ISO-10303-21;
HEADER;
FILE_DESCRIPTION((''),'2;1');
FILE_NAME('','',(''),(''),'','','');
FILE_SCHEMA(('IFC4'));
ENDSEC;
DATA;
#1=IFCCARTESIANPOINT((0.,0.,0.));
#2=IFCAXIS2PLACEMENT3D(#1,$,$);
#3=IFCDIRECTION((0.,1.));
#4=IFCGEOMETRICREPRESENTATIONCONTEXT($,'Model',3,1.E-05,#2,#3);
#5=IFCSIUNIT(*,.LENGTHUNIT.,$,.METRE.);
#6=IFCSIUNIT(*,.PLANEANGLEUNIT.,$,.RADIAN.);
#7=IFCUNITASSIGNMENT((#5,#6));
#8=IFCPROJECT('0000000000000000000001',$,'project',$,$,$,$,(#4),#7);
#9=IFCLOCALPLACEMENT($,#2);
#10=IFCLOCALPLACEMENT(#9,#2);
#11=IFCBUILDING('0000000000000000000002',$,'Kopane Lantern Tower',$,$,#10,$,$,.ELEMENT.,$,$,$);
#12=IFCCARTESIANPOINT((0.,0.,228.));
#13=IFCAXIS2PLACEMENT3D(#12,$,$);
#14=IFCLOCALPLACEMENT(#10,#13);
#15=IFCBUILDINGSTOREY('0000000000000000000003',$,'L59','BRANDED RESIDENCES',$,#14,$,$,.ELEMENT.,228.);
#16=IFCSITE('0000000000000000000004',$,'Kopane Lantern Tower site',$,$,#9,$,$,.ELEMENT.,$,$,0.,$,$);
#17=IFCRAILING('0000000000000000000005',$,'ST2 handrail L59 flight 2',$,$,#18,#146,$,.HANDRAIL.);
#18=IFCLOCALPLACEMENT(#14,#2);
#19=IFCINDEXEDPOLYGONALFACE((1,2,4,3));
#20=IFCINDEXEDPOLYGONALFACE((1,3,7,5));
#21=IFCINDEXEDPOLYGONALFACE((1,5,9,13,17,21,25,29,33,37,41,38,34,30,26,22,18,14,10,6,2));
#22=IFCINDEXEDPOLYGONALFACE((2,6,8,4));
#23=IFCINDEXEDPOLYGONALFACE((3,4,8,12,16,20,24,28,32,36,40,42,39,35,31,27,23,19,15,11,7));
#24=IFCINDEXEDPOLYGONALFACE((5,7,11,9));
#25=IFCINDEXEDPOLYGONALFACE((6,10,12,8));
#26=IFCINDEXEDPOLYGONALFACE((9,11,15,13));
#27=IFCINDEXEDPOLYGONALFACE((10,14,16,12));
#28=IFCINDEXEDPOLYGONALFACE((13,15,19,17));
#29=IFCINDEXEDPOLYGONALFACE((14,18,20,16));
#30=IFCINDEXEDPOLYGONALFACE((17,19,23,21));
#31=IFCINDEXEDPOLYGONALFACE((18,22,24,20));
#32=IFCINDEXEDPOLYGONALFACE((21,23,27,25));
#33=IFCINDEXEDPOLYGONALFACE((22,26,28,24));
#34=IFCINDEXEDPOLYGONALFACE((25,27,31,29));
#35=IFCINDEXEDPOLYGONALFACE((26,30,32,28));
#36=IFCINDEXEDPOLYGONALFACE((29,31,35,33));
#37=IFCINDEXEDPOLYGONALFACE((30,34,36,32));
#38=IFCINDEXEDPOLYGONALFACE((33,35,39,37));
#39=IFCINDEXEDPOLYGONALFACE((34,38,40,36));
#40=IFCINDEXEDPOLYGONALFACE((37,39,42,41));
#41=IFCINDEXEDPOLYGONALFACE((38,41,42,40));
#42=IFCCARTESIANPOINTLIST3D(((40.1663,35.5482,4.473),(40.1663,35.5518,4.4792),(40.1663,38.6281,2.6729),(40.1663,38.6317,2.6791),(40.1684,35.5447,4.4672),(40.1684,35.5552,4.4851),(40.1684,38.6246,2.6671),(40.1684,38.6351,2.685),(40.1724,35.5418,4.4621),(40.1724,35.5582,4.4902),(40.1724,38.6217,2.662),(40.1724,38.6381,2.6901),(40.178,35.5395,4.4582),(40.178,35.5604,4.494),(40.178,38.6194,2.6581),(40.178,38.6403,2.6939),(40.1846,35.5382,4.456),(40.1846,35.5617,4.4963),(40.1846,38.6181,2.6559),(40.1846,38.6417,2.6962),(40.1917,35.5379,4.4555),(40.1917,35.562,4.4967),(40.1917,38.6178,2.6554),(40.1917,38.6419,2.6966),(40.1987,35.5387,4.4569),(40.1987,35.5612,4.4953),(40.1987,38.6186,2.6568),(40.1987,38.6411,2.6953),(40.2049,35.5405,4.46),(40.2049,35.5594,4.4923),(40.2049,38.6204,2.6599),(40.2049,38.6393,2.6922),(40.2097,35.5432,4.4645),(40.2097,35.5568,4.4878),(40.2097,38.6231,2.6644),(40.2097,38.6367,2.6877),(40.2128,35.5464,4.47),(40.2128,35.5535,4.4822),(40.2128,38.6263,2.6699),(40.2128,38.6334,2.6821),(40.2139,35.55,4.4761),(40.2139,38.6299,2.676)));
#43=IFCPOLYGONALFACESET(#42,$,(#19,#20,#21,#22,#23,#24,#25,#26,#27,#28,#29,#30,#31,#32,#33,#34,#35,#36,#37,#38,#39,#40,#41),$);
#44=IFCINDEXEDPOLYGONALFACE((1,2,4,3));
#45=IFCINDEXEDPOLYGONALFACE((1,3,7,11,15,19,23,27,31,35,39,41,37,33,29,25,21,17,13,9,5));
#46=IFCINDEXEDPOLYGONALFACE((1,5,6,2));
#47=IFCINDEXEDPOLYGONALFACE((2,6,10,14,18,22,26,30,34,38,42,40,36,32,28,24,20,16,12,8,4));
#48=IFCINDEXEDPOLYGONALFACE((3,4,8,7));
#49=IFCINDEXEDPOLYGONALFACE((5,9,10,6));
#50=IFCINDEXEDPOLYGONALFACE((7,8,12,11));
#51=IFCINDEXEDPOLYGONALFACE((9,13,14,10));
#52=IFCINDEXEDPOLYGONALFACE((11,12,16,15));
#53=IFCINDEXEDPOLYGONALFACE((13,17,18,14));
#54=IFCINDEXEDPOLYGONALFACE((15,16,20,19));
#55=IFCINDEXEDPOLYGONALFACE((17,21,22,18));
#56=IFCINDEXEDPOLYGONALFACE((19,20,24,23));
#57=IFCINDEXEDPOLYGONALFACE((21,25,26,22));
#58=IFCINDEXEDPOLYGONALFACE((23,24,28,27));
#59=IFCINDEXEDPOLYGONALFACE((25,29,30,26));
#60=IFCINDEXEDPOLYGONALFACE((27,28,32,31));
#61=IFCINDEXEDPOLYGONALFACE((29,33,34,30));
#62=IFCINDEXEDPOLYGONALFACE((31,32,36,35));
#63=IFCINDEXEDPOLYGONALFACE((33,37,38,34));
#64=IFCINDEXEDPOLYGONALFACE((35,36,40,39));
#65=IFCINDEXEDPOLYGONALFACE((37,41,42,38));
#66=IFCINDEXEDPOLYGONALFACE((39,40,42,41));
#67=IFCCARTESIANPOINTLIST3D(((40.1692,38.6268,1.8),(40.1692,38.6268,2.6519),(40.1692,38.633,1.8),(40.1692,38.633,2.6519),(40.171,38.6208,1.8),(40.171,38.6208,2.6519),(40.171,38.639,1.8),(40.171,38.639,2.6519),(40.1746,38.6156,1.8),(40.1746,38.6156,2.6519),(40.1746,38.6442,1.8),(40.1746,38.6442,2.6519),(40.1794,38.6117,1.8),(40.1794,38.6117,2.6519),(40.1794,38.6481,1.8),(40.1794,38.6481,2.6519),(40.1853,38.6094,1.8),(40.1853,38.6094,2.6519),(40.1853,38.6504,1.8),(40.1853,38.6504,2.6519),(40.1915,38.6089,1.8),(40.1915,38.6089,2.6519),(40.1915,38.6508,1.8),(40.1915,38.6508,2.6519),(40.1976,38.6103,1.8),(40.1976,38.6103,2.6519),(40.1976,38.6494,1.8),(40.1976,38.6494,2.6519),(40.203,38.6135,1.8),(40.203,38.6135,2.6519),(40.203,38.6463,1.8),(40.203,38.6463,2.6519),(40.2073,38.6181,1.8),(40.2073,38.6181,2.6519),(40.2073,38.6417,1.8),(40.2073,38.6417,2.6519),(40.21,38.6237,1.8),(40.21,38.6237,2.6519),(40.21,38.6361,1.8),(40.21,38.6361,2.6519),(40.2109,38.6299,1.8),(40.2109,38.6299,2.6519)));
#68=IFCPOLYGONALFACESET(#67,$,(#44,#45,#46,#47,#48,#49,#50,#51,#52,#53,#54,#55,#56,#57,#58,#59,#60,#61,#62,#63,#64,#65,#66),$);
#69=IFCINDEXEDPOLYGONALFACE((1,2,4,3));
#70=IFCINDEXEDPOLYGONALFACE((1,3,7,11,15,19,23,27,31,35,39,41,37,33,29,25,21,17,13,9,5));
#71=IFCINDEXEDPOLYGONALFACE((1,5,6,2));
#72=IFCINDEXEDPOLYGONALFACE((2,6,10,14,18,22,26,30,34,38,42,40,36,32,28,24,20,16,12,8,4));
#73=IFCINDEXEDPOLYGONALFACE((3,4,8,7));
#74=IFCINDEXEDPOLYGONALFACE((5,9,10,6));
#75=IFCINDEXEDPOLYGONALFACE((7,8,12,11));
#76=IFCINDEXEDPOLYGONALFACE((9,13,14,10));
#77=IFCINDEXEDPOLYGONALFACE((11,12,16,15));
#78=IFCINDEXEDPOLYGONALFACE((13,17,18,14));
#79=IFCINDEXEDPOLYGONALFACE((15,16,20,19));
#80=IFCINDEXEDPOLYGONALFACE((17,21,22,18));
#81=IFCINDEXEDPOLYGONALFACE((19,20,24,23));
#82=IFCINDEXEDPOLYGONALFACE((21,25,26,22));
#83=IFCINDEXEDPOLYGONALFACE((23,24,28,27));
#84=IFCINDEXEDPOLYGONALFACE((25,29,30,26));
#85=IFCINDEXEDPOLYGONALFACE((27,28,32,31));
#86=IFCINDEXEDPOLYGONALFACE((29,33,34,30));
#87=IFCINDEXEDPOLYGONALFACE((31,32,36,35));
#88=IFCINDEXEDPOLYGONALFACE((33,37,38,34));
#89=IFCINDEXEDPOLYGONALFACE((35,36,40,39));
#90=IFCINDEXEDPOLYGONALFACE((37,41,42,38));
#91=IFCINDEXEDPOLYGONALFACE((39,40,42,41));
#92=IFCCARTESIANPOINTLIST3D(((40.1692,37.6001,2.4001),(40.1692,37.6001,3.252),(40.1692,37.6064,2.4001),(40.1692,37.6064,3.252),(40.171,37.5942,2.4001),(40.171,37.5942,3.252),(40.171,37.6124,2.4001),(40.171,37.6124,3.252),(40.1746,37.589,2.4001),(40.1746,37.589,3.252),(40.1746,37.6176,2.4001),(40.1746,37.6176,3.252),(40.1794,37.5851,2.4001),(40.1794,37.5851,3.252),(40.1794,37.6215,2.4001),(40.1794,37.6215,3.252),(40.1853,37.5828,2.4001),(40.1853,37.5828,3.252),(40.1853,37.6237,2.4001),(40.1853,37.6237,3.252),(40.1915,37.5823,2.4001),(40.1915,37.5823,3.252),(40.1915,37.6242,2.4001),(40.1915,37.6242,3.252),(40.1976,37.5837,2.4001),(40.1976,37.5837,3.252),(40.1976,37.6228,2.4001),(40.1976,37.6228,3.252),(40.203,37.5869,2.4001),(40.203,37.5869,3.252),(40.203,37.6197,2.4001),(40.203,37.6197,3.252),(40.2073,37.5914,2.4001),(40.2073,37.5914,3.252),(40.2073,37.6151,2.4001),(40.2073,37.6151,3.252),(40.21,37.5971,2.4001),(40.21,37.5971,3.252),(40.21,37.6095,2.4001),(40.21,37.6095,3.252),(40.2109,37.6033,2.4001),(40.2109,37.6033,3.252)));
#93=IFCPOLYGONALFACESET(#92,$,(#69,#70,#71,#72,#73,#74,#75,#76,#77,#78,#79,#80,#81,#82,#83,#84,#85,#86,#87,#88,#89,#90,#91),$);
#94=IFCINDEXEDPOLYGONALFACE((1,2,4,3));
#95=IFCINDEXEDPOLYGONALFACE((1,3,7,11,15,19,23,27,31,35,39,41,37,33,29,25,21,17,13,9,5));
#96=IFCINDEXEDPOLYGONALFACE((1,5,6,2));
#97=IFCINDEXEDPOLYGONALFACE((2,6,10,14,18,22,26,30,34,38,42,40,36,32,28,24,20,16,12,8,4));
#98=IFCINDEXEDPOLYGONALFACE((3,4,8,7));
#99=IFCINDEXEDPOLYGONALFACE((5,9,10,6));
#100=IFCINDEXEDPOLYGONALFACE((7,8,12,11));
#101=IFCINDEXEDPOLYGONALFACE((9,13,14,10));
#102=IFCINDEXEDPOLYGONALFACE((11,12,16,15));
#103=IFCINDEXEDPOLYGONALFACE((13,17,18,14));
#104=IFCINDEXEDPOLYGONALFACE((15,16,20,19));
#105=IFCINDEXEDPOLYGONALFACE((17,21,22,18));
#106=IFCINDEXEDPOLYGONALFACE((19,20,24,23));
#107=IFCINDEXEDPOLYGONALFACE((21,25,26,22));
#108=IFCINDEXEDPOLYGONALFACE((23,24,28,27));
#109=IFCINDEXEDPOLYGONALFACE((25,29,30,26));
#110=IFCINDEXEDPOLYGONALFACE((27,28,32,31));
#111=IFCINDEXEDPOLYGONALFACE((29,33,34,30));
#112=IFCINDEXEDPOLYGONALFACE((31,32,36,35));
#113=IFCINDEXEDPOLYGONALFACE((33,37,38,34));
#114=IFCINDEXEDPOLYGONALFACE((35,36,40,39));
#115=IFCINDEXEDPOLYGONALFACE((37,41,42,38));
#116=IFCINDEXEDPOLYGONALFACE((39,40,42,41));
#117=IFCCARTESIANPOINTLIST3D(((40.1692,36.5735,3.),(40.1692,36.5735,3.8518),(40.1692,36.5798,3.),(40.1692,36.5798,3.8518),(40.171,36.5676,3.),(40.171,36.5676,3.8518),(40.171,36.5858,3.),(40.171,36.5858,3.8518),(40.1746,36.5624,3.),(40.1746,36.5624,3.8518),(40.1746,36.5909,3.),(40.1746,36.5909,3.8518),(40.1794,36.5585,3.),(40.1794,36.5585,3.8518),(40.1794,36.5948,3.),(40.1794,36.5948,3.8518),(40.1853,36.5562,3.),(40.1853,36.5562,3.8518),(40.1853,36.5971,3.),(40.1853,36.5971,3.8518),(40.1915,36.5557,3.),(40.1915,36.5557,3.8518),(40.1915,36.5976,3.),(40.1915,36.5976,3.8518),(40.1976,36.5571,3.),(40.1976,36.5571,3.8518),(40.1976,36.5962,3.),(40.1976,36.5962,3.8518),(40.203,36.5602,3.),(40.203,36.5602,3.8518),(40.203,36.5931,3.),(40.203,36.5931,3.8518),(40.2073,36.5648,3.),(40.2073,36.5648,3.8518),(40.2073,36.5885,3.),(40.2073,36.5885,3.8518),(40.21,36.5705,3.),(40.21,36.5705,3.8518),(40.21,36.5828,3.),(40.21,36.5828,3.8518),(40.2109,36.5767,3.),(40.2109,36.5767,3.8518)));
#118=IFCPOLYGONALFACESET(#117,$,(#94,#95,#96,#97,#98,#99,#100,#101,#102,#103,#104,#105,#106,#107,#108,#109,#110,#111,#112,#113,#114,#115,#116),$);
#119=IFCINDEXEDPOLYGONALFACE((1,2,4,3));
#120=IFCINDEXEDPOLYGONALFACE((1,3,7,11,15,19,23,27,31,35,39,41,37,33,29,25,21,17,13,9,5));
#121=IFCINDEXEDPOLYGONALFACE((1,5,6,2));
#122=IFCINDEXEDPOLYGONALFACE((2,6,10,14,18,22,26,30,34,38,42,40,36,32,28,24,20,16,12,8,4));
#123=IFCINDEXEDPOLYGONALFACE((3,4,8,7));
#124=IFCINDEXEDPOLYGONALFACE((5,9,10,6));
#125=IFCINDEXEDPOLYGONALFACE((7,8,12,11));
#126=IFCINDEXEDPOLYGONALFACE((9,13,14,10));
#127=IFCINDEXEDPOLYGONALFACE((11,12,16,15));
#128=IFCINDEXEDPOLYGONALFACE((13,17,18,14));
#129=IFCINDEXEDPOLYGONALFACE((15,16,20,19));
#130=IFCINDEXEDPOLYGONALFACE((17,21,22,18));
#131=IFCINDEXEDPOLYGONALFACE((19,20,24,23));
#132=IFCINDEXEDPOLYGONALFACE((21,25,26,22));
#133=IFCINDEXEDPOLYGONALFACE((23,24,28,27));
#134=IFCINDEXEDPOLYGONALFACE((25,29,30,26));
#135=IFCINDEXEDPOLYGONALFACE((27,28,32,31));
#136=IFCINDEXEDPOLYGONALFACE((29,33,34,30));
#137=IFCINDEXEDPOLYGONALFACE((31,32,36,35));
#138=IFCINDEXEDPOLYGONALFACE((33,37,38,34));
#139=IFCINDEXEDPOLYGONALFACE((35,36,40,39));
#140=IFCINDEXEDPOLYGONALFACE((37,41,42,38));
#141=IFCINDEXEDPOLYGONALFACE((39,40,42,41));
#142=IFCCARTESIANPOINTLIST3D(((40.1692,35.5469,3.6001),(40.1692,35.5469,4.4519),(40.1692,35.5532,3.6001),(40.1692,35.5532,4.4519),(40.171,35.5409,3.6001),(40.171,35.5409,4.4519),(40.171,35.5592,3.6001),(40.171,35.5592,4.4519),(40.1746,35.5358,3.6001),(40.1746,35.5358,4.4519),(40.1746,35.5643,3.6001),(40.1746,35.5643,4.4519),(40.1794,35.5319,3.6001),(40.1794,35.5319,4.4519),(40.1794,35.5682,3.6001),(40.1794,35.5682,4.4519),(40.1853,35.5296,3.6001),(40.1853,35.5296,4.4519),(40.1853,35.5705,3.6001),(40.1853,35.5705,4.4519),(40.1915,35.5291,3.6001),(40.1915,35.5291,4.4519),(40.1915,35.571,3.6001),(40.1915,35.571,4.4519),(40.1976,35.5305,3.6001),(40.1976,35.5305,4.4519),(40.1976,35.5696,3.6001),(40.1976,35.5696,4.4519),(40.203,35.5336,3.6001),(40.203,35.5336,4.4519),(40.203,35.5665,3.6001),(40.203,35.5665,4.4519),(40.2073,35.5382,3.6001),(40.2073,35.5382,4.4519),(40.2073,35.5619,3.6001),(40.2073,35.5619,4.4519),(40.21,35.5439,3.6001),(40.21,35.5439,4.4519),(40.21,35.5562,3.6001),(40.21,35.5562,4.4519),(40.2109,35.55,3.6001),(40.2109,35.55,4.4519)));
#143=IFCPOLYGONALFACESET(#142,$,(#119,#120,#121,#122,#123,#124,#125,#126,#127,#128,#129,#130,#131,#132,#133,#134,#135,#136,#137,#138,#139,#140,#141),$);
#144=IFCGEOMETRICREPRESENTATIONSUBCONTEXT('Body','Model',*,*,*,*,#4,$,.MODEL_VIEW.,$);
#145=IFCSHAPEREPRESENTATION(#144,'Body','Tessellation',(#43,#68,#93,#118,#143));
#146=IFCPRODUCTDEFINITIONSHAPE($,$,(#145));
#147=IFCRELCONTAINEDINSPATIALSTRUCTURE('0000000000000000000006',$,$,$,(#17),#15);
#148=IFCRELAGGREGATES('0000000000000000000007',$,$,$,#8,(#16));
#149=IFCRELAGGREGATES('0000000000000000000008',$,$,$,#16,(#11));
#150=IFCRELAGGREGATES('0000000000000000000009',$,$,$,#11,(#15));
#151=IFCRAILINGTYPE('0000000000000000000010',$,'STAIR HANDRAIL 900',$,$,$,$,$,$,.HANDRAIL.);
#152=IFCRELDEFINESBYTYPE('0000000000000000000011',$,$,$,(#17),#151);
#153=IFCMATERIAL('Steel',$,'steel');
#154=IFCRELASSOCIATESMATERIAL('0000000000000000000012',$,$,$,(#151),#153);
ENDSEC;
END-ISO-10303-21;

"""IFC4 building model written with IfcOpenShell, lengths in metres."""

from ifc_helpers import new_model, si_unit, direction, frame, origin, origin_2d, place, context, subcontext, project, spatial, circle, extrude, material, type_object, element, save


model = new_model("IFC4")

# Units and contexts
model_context = context("Model", 3, precision=1e-05, world=origin(), true_north=direction((0.0, 1.0)))
body_context = subcontext(model_context, "Body", "Model", "MODEL_VIEW")
ifc_project = project(units=[si_unit("LENGTHUNIT", "METRE"), si_unit("PLANEANGLEUNIT", "RADIAN")], contexts=[model_context])

# Site, building, storey
site_placement = place(None, origin())
site = spatial("IfcSite", under=ifc_project, at=site_placement, Name="Kopane Lantern Tower site", CompositionType="ELEMENT", RefElevation=0.0)
building_placement = place(site_placement, origin())
building = spatial("IfcBuilding", under=site, at=building_placement, Name="Kopane Lantern Tower", CompositionType="ELEMENT")
storey_placement = place(building_placement, frame((0.0, 0.0, 228.0)))
storey = spatial("IfcBuildingStorey", under=building, at=storey_placement, Name="L59", Description="BRANDED RESIDENCES", CompositionType="ELEMENT", Elevation=228.0)

# Railing
ifc_material_1 = material(Name="Steel", Category="steel")
railing_type_1 = type_object("IfcRailingType", Name="STAIR HANDRAIL 900", PredefinedType="HANDRAIL", material=ifc_material_1)
for number, where, name in (
    (1, (40.1899, 38.6299, 1.8), "ST2 handrail L59 flight 2"),
):
    element("IfcRailing", number, at=place(storey_placement, frame(where)), inside=storey, type_object=railing_type_1, Name=name, PredefinedType="HANDRAIL", context=body_context, shape_type="SweptSolid", body=[
        extrude(circle(Radius=0.0239, at=origin_2d()), frame((0.0, 0.0, 0.876), z_axis=(0.0, -0.863354, 0.504598), x_axis=(1.0, 0.0, 0.0)), (0.0, 0.0, 1.0), 3.5674),
        extrude(circle(Radius=0.021, at=origin_2d()), origin(), (0.0, 0.0, 1.0), 0.8518),
        extrude(circle(Radius=0.021, at=origin_2d()), frame((0.0, -1.0266, 0.6001)), (0.0, 0.0, 1.0), 0.8518),
        extrude(circle(Radius=0.021, at=origin_2d()), frame((0.0, -2.0532, 1.2)), (0.0, 0.0, 1.0), 0.8518),
        extrude(circle(Radius=0.021, at=origin_2d()), frame((0.0, -3.0798, 1.8)), (0.0, 0.0, 1.0), 0.8518),
    ])

save(model, "model.ifc")
